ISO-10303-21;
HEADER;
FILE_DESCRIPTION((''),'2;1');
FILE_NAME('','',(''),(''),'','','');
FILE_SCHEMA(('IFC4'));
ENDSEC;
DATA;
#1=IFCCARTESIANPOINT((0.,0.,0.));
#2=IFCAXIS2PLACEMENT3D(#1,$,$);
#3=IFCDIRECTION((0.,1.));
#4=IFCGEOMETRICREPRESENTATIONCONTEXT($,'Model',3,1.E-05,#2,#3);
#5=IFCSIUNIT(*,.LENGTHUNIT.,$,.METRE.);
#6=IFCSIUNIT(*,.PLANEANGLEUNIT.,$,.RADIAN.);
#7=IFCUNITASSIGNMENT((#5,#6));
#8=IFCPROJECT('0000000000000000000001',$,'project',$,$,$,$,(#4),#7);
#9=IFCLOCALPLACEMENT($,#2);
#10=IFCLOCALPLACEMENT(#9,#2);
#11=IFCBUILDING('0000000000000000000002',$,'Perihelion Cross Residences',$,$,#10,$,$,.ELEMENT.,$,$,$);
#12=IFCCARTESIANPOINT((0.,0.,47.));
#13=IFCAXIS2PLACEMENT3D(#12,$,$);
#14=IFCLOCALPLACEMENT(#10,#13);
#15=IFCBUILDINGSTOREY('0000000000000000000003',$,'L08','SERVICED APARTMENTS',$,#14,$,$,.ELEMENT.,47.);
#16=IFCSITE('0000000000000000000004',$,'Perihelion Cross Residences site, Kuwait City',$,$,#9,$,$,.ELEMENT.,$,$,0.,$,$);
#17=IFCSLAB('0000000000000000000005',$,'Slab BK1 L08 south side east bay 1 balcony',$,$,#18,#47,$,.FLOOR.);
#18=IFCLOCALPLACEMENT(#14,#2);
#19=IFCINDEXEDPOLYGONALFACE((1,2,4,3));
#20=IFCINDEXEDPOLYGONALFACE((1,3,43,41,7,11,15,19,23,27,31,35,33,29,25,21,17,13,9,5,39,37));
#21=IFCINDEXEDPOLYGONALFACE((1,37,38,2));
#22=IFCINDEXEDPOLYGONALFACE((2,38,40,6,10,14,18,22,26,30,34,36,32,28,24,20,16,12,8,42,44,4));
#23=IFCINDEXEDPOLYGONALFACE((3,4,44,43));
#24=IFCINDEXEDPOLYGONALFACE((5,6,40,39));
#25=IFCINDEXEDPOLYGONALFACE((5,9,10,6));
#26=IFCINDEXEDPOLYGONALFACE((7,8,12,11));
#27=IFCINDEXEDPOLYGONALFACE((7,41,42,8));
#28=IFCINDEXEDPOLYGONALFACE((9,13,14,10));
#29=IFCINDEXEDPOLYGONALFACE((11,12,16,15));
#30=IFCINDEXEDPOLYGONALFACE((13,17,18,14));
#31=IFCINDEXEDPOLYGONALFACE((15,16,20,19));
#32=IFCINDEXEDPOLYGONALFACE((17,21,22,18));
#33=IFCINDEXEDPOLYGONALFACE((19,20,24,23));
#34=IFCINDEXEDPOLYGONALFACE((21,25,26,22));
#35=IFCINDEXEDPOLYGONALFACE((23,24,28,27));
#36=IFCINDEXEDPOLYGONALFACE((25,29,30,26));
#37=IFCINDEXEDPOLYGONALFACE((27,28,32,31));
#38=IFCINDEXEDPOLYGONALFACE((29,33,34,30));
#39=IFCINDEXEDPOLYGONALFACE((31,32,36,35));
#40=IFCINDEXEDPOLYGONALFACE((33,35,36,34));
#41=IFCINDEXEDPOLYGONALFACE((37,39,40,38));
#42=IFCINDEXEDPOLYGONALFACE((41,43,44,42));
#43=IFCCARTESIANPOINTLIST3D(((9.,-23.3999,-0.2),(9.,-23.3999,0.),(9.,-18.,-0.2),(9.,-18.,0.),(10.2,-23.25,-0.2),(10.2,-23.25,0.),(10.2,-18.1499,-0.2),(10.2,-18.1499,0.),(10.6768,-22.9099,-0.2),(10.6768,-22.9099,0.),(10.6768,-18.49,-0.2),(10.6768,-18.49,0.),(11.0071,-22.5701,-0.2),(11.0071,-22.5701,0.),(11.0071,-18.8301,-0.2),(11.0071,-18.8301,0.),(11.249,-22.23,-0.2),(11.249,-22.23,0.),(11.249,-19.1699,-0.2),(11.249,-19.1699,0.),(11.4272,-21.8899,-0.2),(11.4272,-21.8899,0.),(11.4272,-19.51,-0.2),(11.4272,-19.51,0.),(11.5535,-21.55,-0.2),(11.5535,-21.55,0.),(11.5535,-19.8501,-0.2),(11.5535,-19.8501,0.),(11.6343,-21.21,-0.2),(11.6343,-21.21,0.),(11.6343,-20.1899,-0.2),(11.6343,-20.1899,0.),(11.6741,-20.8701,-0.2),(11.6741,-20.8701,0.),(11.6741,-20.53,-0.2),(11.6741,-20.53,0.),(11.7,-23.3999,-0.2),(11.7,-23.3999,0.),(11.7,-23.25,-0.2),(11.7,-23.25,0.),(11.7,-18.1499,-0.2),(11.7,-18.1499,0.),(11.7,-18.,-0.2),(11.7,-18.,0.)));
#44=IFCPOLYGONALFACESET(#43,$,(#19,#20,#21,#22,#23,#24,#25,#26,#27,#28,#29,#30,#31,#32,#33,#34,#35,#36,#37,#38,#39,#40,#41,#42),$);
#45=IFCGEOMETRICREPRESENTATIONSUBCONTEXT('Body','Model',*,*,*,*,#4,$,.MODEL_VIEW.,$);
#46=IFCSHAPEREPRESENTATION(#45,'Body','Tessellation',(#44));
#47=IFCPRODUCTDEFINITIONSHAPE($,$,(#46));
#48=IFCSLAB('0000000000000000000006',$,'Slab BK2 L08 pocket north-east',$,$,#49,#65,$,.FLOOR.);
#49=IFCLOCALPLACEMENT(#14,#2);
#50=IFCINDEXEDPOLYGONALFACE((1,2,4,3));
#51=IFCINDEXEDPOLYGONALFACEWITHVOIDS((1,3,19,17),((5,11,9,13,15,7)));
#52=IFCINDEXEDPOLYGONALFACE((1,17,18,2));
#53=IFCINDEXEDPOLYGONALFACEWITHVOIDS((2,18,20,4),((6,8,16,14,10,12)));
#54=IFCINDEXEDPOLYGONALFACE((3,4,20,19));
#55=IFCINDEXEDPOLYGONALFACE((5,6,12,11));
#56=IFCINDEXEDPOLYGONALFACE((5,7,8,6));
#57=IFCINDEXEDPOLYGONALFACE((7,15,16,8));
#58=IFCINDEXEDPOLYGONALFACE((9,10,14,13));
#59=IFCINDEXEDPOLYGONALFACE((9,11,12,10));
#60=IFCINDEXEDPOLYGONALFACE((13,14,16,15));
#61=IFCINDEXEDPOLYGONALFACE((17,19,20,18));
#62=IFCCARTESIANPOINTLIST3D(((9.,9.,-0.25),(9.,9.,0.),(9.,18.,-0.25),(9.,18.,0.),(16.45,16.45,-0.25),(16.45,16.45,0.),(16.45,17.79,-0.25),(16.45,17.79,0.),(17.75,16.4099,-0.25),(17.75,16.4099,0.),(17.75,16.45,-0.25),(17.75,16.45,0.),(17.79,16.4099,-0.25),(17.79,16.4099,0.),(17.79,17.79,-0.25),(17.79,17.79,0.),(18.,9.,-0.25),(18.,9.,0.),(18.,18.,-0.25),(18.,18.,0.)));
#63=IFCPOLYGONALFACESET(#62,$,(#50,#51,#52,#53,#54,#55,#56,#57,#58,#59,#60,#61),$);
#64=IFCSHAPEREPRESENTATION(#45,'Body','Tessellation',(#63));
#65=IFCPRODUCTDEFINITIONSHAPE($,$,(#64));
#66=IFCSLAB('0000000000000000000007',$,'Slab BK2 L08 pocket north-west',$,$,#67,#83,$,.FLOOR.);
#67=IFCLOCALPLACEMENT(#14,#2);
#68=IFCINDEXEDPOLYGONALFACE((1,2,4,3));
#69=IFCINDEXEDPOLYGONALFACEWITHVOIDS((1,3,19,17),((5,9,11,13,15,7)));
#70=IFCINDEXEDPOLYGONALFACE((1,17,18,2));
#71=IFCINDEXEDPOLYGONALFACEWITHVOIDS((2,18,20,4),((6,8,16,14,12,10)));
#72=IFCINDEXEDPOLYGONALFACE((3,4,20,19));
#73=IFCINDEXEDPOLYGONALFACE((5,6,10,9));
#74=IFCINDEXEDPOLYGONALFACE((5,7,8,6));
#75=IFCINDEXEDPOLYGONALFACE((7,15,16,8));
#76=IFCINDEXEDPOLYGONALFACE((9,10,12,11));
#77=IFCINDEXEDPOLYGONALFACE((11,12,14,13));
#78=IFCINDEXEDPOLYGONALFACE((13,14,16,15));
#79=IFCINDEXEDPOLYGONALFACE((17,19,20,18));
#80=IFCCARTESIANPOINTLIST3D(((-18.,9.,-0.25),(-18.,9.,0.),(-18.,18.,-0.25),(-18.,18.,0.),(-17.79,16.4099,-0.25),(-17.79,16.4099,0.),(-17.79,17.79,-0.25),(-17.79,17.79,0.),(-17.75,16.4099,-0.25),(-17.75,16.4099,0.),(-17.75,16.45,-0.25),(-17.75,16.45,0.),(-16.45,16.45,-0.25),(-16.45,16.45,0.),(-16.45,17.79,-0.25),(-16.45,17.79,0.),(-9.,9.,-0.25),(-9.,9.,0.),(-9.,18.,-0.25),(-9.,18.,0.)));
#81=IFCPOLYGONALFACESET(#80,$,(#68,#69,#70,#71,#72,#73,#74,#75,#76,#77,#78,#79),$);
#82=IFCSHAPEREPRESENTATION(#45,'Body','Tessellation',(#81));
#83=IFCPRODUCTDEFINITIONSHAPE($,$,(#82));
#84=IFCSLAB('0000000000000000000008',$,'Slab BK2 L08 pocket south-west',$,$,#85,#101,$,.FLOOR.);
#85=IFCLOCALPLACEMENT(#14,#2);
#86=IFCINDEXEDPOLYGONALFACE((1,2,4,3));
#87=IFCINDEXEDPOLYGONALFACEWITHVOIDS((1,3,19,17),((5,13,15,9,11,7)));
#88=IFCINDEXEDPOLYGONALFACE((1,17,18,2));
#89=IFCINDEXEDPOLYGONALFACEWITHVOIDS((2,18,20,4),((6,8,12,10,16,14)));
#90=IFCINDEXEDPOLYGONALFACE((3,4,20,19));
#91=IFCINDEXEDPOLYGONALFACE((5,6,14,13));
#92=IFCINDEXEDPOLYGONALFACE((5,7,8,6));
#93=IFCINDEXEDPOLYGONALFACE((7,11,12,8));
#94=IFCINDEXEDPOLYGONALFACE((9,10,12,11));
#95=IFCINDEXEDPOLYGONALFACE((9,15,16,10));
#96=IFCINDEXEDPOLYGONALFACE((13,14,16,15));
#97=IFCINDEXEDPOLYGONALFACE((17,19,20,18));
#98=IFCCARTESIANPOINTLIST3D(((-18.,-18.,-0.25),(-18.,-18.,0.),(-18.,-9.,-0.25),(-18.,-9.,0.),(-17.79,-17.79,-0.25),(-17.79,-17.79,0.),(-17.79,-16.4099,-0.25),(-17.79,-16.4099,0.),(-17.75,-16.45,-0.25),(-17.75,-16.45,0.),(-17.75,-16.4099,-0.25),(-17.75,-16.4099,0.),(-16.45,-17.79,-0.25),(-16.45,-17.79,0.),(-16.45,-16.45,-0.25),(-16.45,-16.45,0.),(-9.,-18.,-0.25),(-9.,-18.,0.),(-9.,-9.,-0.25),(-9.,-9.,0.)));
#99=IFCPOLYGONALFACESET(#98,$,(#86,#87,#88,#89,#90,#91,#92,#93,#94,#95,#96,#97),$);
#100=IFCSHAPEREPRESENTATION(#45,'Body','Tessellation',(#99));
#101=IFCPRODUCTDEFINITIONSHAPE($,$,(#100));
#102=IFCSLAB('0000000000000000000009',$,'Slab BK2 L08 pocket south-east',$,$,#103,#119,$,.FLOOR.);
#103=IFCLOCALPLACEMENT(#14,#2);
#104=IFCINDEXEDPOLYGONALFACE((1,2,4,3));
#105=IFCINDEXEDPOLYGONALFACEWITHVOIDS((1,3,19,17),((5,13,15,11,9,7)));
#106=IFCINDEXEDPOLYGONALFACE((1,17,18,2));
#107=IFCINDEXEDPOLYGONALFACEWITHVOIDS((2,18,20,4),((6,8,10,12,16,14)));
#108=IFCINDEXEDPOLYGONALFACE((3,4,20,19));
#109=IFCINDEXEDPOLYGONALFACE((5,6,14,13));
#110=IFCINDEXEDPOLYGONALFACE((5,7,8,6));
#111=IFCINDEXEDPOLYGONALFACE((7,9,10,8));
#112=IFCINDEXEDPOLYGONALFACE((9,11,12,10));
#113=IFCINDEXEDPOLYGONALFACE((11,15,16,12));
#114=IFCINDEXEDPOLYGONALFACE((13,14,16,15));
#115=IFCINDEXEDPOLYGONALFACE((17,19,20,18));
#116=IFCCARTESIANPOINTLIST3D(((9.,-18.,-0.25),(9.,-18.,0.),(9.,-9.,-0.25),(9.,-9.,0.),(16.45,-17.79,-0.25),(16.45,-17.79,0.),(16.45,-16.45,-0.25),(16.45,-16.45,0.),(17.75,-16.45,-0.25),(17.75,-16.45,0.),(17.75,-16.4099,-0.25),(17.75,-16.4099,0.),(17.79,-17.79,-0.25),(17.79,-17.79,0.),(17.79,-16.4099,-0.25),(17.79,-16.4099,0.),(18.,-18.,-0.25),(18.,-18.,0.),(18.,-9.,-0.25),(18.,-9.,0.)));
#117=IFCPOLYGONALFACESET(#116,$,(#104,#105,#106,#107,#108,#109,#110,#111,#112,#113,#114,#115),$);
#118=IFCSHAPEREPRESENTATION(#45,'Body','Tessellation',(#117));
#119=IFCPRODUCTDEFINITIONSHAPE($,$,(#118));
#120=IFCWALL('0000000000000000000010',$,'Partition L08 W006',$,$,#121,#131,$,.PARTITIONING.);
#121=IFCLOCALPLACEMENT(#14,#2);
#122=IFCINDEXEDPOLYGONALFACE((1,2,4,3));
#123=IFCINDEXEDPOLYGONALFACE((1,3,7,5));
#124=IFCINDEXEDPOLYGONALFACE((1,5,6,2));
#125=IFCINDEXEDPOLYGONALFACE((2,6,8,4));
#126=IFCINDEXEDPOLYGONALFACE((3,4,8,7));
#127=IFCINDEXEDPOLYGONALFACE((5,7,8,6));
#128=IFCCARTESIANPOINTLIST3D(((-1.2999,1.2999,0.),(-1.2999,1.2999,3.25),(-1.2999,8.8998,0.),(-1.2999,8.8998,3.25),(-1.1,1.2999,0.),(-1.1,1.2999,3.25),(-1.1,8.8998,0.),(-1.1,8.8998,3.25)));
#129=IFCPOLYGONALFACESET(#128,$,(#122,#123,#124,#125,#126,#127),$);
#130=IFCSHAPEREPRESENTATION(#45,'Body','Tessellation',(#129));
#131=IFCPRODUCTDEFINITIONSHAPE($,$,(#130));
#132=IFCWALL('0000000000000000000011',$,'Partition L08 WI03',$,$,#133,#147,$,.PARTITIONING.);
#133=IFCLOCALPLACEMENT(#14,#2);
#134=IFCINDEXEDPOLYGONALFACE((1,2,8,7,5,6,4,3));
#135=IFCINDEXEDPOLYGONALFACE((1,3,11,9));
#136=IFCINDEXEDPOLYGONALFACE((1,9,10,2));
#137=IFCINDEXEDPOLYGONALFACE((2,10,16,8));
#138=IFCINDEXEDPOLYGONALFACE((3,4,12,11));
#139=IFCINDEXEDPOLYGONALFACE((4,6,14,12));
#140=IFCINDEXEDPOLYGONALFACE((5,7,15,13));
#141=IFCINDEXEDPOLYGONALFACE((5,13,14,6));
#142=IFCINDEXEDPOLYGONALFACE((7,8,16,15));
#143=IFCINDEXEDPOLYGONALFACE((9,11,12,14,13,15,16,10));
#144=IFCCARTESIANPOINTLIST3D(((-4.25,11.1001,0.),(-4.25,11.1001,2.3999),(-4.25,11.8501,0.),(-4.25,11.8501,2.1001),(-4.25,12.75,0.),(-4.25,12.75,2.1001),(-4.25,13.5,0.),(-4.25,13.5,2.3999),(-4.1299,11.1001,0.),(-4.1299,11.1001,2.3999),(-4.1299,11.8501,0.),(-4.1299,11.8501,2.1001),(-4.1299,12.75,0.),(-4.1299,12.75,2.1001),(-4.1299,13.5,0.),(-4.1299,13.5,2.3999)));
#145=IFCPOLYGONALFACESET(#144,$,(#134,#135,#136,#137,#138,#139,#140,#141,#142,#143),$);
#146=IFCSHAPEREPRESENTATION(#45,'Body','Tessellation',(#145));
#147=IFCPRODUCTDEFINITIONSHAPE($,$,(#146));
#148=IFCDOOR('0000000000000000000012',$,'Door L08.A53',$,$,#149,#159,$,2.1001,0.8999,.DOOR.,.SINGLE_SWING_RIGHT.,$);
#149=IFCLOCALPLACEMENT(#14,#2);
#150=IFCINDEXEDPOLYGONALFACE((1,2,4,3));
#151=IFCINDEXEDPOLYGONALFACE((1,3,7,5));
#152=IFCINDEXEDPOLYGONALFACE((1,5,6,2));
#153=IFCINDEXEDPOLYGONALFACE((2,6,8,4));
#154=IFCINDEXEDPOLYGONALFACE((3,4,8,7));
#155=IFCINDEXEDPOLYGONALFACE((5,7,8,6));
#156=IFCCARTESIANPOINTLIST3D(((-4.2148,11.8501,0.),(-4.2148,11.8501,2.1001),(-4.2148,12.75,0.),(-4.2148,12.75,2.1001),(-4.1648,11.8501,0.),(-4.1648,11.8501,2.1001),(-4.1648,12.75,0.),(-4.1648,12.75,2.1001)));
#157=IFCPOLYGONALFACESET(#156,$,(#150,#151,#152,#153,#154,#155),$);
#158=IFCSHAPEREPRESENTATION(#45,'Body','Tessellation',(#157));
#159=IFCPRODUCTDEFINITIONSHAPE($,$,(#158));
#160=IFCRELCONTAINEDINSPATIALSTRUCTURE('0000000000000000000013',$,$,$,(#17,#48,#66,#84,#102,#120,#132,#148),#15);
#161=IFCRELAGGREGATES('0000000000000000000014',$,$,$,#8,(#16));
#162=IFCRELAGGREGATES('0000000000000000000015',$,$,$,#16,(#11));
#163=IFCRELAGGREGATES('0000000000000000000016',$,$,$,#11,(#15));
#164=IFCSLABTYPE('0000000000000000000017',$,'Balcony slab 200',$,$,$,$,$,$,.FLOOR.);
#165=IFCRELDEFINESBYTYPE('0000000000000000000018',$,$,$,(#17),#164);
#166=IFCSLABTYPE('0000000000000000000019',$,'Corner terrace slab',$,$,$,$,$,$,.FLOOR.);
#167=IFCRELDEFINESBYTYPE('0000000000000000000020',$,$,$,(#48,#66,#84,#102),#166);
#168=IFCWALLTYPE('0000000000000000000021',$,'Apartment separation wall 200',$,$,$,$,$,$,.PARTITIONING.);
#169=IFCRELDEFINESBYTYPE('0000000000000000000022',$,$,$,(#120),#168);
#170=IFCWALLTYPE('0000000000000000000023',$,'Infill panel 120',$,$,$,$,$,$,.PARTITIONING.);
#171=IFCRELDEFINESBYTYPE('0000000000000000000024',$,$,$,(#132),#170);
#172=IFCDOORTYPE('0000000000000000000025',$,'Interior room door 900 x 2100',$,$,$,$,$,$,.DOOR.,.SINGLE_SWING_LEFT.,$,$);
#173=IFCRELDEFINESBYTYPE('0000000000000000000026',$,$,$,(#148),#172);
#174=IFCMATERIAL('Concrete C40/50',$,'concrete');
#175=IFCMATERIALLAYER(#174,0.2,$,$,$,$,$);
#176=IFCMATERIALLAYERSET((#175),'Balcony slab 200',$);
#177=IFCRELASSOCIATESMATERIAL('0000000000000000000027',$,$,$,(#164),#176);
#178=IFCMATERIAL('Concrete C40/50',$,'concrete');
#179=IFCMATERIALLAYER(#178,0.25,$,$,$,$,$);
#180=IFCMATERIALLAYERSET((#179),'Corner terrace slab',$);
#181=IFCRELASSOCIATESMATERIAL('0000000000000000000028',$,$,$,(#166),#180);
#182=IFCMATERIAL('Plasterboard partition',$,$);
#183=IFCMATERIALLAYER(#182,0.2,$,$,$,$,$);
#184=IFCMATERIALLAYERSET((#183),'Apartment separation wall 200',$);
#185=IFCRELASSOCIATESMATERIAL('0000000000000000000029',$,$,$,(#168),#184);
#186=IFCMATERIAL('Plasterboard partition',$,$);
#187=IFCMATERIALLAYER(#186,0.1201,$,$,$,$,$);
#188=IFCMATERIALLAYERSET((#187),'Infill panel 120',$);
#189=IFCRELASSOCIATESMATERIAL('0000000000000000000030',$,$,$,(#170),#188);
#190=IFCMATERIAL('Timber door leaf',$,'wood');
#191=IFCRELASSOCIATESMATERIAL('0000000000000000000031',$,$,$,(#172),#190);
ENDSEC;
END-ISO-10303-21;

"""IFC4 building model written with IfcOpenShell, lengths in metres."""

from ifc_helpers import new_model, si_unit, direction, frame, frame_2d, origin, place, context, subcontext, project, spatial, polyline, rectangle, outline, extrude, material, layer, layer_set, type_object, element, fill, save


model = new_model("IFC4")

# Units and contexts
model_context = context("Model", 3, precision=1e-05, world=origin(), true_north=direction((0.0, 1.0)))
body_context = subcontext(model_context, "Body", "Model", "MODEL_VIEW")
ifc_project = project(units=[si_unit("LENGTHUNIT", "METRE"), si_unit("PLANEANGLEUNIT", "RADIAN")], contexts=[model_context])

# Site, building, storey
site_placement = place(None, origin())
site = spatial("IfcSite", under=ifc_project, at=site_placement, Name="Perihelion Cross Residences site, Kuwait City", CompositionType="ELEMENT", RefElevation=0.0)
building_placement = place(site_placement, origin())
building = spatial("IfcBuilding", under=site, at=building_placement, Name="Perihelion Cross Residences", CompositionType="ELEMENT")
storey_placement = place(building_placement, frame((0.0, 0.0, 47.0)))
storey = spatial("IfcBuildingStorey", under=building, at=storey_placement, Name="L08", Description="SERVICED APARTMENTS", CompositionType="ELEMENT", Elevation=47.0)

# Slabs
ifc_material_1 = material(Name="Concrete C40/50", Category="concrete")
ifc_layer_1 = layer(ifc_material_1, 0.2)
ifc_layer_set_1 = layer_set([ifc_layer_1], Name="Balcony slab 200")
slab_type_1 = type_object("IfcSlabType", Name="Balcony slab 200", PredefinedType="FLOOR", material=ifc_layer_set_1)
slab_1_placement = place(storey_placement, frame((0.0, 0.0, -0.2)))
element("IfcSlab", 1, at=slab_1_placement, inside=storey, type_object=slab_type_1, Name="Slab BK1 L08 south side east bay 1 balcony", PredefinedType="FLOOR", context=body_context, shape_type="SweptSolid", body=[
    extrude(outline(polyline([(9.0, -23.3999), (9.0, -18.0), (11.7, -18.0), (11.7, -18.1499), (10.2, -18.1499), (10.6768, -18.49), (11.0071, -18.8301), (11.249, -19.1699), (11.4272, -19.51), (11.5535, -19.8501), (11.6343, -20.1899), (11.6741, -20.53), (11.6741, -20.8701), (11.6343, -21.21), (11.5535, -21.55), (11.4272, -21.8899), (11.249, -22.23), (11.0071, -22.5701), (10.6768, -22.9099), (10.2, -23.25), (11.7, -23.25), (11.7, -23.3999), (9.0, -23.3999)])), origin(), (0.0, 0.0, 1.0), 0.2),
])
ifc_material_2 = material(Name="Concrete C40/50", Category="concrete")
ifc_layer_2 = layer(ifc_material_2, 0.25)
ifc_layer_set_2 = layer_set([ifc_layer_2], Name="Corner terrace slab")
slab_type_2 = type_object("IfcSlabType", Name="Corner terrace slab", PredefinedType="FLOOR", material=ifc_layer_set_2)
slab_2_placement = place(storey_placement, frame((0.0, 0.0, -0.25)))
element("IfcSlab", 2, at=slab_2_placement, inside=storey, type_object=slab_type_2, Name="Slab BK2 L08 pocket north-east", PredefinedType="FLOOR", context=body_context, shape_type="SweptSolid", body=[
    extrude(outline(polyline([(18.0, 9.0), (18.0, 18.0), (9.0, 18.0), (9.0, 9.0), (18.0, 9.0)]), holes=[polyline([(16.45, 16.45), (16.45, 17.79), (17.79, 17.79), (17.79, 16.4099), (17.75, 16.4099), (17.75, 16.45), (16.45, 16.45)])]), origin(), (0.0, 0.0, 1.0), 0.25),
])
slab_3_placement = place(storey_placement, frame((0.0, 0.0, -0.25)))
element("IfcSlab", 3, at=slab_3_placement, inside=storey, type_object=slab_type_2, Name="Slab BK2 L08 pocket north-west", PredefinedType="FLOOR", context=body_context, shape_type="SweptSolid", body=[
    extrude(outline(polyline([(-9.0, 9.0), (-9.0, 18.0), (-18.0, 18.0), (-18.0, 9.0), (-9.0, 9.0)]), holes=[polyline([(-17.79, 16.4099), (-17.79, 17.79), (-16.45, 17.79), (-16.45, 16.45), (-17.75, 16.45), (-17.75, 16.4099), (-17.79, 16.4099)])]), origin(), (0.0, 0.0, 1.0), 0.25),
])
slab_4_placement = place(storey_placement, frame((0.0, 0.0, -0.25)))
element("IfcSlab", 4, at=slab_4_placement, inside=storey, type_object=slab_type_2, Name="Slab BK2 L08 pocket south-west", PredefinedType="FLOOR", context=body_context, shape_type="SweptSolid", body=[
    extrude(outline(polyline([(-9.0, -18.0), (-9.0, -9.0), (-18.0, -9.0), (-18.0, -18.0), (-9.0, -18.0)]), holes=[polyline([(-17.79, -16.4099), (-17.75, -16.4099), (-17.75, -16.45), (-16.45, -16.45), (-16.45, -17.79), (-17.79, -17.79), (-17.79, -16.4099)])]), origin(), (0.0, 0.0, 1.0), 0.25),
])
slab_5_placement = place(storey_placement, frame((0.0, 0.0, -0.25)))
element("IfcSlab", 5, at=slab_5_placement, inside=storey, type_object=slab_type_2, Name="Slab BK2 L08 pocket south-east", PredefinedType="FLOOR", context=body_context, shape_type="SweptSolid", body=[
    extrude(outline(polyline([(18.0, -18.0), (18.0, -9.0), (9.0, -9.0), (9.0, -18.0), (18.0, -18.0)]), holes=[polyline([(16.45, -17.79), (16.45, -16.45), (17.75, -16.45), (17.75, -16.4099), (17.79, -16.4099), (17.79, -17.79), (16.45, -17.79)])]), origin(), (0.0, 0.0, 1.0), 0.25),
])

# Wall
ifc_material_3 = material(Name="Plasterboard partition")
ifc_layer_3 = layer(ifc_material_3, 0.2)
ifc_layer_set_3 = layer_set([ifc_layer_3], Name="Apartment separation wall 200")
wall_type_1 = type_object("IfcWallType", Name="Apartment separation wall 200", PredefinedType="PARTITIONING", material=ifc_layer_set_3)
wall_1_placement = place(storey_placement, frame((-1.2, 1.3, 0.0), z_axis=(0.0, 0.0, 1.0), x_axis=(0.0, 1.0, 0.0)))
element("IfcWall", 6, at=wall_1_placement, inside=storey, type_object=wall_type_1, Name="Partition L08 W006", PredefinedType="PARTITIONING", context=body_context, shape_type="SweptSolid", body=[
    extrude(rectangle(XDim=7.5999, YDim=0.2, at=frame_2d((3.7998, 0.0))), origin(), (0.0, 0.0, 1.0), 3.25),
])

# Wall, opening, door
ifc_material_4 = material(Name="Plasterboard partition")
ifc_layer_4 = layer(ifc_material_4, 0.1201)
ifc_layer_set_4 = layer_set([ifc_layer_4], Name="Infill panel 120")
wall_type_2 = type_object("IfcWallType", Name="Infill panel 120", PredefinedType="PARTITIONING", material=ifc_layer_set_4)
wall_2_placement = place(storey_placement, frame((-4.1899, 11.1001, 0.0), z_axis=(0.0, 0.0, 1.0), x_axis=(0.0, 1.0, 0.0)))
wall_2 = element("IfcWall", 7, at=wall_2_placement, inside=storey, type_object=wall_type_2, Name="Partition L08 WI03", PredefinedType="PARTITIONING", context=body_context, shape_type="SweptSolid", body=[
    extrude(rectangle(XDim=2.3999, YDim=0.1201, at=frame_2d((1.2, 0.0))), origin(), (0.0, 0.0, 1.0), 2.3999),
])
opening_1_placement = place(wall_2_placement, frame((0.75, 0.0, 0.0)))
opening_1 = element("IfcOpeningElement", 8, at=opening_1_placement, cuts=wall_2, PredefinedType="OPENING", context=body_context, shape_type="SweptSolid", body=[
    extrude(rectangle(XDim=0.8999, YDim=2.1001, at=frame_2d((0.45, 1.05))), frame((0.0, 0.0701, 0.0), z_axis=(0.0, -1.0, 0.0), x_axis=(1.0, 0.0, 0.0)), (0.0, 0.0, 1.0), 0.1401),
])
ifc_material_5 = material(Name="Timber door leaf", Category="wood")
door_type_1 = type_object("IfcDoorType", Name="Interior room door 900 x 2100", OperationType="SINGLE_SWING_LEFT", PredefinedType="DOOR", material=ifc_material_5)
door_1_placement = place(opening_1_placement, origin())
door_1 = element("IfcDoor", 9, at=door_1_placement, inside=storey, type_object=door_type_1, Name="Door L08.A53", OperationType="SINGLE_SWING_RIGHT", OverallHeight=2.1001, OverallWidth=0.8999, PredefinedType="DOOR", context=body_context, shape_type="SweptSolid", body=[
    extrude(rectangle(XDim=0.8999, YDim=2.1001, at=frame_2d((0.45, 1.05))), frame((0.0, 0.0249, 0.0), z_axis=(0.0, -1.0, 0.0), x_axis=(1.0, 0.0, 0.0)), (0.0, 0.0, 1.0), 0.05),
])
fill(opening_1, door_1)

save(model, "model.ifc")
